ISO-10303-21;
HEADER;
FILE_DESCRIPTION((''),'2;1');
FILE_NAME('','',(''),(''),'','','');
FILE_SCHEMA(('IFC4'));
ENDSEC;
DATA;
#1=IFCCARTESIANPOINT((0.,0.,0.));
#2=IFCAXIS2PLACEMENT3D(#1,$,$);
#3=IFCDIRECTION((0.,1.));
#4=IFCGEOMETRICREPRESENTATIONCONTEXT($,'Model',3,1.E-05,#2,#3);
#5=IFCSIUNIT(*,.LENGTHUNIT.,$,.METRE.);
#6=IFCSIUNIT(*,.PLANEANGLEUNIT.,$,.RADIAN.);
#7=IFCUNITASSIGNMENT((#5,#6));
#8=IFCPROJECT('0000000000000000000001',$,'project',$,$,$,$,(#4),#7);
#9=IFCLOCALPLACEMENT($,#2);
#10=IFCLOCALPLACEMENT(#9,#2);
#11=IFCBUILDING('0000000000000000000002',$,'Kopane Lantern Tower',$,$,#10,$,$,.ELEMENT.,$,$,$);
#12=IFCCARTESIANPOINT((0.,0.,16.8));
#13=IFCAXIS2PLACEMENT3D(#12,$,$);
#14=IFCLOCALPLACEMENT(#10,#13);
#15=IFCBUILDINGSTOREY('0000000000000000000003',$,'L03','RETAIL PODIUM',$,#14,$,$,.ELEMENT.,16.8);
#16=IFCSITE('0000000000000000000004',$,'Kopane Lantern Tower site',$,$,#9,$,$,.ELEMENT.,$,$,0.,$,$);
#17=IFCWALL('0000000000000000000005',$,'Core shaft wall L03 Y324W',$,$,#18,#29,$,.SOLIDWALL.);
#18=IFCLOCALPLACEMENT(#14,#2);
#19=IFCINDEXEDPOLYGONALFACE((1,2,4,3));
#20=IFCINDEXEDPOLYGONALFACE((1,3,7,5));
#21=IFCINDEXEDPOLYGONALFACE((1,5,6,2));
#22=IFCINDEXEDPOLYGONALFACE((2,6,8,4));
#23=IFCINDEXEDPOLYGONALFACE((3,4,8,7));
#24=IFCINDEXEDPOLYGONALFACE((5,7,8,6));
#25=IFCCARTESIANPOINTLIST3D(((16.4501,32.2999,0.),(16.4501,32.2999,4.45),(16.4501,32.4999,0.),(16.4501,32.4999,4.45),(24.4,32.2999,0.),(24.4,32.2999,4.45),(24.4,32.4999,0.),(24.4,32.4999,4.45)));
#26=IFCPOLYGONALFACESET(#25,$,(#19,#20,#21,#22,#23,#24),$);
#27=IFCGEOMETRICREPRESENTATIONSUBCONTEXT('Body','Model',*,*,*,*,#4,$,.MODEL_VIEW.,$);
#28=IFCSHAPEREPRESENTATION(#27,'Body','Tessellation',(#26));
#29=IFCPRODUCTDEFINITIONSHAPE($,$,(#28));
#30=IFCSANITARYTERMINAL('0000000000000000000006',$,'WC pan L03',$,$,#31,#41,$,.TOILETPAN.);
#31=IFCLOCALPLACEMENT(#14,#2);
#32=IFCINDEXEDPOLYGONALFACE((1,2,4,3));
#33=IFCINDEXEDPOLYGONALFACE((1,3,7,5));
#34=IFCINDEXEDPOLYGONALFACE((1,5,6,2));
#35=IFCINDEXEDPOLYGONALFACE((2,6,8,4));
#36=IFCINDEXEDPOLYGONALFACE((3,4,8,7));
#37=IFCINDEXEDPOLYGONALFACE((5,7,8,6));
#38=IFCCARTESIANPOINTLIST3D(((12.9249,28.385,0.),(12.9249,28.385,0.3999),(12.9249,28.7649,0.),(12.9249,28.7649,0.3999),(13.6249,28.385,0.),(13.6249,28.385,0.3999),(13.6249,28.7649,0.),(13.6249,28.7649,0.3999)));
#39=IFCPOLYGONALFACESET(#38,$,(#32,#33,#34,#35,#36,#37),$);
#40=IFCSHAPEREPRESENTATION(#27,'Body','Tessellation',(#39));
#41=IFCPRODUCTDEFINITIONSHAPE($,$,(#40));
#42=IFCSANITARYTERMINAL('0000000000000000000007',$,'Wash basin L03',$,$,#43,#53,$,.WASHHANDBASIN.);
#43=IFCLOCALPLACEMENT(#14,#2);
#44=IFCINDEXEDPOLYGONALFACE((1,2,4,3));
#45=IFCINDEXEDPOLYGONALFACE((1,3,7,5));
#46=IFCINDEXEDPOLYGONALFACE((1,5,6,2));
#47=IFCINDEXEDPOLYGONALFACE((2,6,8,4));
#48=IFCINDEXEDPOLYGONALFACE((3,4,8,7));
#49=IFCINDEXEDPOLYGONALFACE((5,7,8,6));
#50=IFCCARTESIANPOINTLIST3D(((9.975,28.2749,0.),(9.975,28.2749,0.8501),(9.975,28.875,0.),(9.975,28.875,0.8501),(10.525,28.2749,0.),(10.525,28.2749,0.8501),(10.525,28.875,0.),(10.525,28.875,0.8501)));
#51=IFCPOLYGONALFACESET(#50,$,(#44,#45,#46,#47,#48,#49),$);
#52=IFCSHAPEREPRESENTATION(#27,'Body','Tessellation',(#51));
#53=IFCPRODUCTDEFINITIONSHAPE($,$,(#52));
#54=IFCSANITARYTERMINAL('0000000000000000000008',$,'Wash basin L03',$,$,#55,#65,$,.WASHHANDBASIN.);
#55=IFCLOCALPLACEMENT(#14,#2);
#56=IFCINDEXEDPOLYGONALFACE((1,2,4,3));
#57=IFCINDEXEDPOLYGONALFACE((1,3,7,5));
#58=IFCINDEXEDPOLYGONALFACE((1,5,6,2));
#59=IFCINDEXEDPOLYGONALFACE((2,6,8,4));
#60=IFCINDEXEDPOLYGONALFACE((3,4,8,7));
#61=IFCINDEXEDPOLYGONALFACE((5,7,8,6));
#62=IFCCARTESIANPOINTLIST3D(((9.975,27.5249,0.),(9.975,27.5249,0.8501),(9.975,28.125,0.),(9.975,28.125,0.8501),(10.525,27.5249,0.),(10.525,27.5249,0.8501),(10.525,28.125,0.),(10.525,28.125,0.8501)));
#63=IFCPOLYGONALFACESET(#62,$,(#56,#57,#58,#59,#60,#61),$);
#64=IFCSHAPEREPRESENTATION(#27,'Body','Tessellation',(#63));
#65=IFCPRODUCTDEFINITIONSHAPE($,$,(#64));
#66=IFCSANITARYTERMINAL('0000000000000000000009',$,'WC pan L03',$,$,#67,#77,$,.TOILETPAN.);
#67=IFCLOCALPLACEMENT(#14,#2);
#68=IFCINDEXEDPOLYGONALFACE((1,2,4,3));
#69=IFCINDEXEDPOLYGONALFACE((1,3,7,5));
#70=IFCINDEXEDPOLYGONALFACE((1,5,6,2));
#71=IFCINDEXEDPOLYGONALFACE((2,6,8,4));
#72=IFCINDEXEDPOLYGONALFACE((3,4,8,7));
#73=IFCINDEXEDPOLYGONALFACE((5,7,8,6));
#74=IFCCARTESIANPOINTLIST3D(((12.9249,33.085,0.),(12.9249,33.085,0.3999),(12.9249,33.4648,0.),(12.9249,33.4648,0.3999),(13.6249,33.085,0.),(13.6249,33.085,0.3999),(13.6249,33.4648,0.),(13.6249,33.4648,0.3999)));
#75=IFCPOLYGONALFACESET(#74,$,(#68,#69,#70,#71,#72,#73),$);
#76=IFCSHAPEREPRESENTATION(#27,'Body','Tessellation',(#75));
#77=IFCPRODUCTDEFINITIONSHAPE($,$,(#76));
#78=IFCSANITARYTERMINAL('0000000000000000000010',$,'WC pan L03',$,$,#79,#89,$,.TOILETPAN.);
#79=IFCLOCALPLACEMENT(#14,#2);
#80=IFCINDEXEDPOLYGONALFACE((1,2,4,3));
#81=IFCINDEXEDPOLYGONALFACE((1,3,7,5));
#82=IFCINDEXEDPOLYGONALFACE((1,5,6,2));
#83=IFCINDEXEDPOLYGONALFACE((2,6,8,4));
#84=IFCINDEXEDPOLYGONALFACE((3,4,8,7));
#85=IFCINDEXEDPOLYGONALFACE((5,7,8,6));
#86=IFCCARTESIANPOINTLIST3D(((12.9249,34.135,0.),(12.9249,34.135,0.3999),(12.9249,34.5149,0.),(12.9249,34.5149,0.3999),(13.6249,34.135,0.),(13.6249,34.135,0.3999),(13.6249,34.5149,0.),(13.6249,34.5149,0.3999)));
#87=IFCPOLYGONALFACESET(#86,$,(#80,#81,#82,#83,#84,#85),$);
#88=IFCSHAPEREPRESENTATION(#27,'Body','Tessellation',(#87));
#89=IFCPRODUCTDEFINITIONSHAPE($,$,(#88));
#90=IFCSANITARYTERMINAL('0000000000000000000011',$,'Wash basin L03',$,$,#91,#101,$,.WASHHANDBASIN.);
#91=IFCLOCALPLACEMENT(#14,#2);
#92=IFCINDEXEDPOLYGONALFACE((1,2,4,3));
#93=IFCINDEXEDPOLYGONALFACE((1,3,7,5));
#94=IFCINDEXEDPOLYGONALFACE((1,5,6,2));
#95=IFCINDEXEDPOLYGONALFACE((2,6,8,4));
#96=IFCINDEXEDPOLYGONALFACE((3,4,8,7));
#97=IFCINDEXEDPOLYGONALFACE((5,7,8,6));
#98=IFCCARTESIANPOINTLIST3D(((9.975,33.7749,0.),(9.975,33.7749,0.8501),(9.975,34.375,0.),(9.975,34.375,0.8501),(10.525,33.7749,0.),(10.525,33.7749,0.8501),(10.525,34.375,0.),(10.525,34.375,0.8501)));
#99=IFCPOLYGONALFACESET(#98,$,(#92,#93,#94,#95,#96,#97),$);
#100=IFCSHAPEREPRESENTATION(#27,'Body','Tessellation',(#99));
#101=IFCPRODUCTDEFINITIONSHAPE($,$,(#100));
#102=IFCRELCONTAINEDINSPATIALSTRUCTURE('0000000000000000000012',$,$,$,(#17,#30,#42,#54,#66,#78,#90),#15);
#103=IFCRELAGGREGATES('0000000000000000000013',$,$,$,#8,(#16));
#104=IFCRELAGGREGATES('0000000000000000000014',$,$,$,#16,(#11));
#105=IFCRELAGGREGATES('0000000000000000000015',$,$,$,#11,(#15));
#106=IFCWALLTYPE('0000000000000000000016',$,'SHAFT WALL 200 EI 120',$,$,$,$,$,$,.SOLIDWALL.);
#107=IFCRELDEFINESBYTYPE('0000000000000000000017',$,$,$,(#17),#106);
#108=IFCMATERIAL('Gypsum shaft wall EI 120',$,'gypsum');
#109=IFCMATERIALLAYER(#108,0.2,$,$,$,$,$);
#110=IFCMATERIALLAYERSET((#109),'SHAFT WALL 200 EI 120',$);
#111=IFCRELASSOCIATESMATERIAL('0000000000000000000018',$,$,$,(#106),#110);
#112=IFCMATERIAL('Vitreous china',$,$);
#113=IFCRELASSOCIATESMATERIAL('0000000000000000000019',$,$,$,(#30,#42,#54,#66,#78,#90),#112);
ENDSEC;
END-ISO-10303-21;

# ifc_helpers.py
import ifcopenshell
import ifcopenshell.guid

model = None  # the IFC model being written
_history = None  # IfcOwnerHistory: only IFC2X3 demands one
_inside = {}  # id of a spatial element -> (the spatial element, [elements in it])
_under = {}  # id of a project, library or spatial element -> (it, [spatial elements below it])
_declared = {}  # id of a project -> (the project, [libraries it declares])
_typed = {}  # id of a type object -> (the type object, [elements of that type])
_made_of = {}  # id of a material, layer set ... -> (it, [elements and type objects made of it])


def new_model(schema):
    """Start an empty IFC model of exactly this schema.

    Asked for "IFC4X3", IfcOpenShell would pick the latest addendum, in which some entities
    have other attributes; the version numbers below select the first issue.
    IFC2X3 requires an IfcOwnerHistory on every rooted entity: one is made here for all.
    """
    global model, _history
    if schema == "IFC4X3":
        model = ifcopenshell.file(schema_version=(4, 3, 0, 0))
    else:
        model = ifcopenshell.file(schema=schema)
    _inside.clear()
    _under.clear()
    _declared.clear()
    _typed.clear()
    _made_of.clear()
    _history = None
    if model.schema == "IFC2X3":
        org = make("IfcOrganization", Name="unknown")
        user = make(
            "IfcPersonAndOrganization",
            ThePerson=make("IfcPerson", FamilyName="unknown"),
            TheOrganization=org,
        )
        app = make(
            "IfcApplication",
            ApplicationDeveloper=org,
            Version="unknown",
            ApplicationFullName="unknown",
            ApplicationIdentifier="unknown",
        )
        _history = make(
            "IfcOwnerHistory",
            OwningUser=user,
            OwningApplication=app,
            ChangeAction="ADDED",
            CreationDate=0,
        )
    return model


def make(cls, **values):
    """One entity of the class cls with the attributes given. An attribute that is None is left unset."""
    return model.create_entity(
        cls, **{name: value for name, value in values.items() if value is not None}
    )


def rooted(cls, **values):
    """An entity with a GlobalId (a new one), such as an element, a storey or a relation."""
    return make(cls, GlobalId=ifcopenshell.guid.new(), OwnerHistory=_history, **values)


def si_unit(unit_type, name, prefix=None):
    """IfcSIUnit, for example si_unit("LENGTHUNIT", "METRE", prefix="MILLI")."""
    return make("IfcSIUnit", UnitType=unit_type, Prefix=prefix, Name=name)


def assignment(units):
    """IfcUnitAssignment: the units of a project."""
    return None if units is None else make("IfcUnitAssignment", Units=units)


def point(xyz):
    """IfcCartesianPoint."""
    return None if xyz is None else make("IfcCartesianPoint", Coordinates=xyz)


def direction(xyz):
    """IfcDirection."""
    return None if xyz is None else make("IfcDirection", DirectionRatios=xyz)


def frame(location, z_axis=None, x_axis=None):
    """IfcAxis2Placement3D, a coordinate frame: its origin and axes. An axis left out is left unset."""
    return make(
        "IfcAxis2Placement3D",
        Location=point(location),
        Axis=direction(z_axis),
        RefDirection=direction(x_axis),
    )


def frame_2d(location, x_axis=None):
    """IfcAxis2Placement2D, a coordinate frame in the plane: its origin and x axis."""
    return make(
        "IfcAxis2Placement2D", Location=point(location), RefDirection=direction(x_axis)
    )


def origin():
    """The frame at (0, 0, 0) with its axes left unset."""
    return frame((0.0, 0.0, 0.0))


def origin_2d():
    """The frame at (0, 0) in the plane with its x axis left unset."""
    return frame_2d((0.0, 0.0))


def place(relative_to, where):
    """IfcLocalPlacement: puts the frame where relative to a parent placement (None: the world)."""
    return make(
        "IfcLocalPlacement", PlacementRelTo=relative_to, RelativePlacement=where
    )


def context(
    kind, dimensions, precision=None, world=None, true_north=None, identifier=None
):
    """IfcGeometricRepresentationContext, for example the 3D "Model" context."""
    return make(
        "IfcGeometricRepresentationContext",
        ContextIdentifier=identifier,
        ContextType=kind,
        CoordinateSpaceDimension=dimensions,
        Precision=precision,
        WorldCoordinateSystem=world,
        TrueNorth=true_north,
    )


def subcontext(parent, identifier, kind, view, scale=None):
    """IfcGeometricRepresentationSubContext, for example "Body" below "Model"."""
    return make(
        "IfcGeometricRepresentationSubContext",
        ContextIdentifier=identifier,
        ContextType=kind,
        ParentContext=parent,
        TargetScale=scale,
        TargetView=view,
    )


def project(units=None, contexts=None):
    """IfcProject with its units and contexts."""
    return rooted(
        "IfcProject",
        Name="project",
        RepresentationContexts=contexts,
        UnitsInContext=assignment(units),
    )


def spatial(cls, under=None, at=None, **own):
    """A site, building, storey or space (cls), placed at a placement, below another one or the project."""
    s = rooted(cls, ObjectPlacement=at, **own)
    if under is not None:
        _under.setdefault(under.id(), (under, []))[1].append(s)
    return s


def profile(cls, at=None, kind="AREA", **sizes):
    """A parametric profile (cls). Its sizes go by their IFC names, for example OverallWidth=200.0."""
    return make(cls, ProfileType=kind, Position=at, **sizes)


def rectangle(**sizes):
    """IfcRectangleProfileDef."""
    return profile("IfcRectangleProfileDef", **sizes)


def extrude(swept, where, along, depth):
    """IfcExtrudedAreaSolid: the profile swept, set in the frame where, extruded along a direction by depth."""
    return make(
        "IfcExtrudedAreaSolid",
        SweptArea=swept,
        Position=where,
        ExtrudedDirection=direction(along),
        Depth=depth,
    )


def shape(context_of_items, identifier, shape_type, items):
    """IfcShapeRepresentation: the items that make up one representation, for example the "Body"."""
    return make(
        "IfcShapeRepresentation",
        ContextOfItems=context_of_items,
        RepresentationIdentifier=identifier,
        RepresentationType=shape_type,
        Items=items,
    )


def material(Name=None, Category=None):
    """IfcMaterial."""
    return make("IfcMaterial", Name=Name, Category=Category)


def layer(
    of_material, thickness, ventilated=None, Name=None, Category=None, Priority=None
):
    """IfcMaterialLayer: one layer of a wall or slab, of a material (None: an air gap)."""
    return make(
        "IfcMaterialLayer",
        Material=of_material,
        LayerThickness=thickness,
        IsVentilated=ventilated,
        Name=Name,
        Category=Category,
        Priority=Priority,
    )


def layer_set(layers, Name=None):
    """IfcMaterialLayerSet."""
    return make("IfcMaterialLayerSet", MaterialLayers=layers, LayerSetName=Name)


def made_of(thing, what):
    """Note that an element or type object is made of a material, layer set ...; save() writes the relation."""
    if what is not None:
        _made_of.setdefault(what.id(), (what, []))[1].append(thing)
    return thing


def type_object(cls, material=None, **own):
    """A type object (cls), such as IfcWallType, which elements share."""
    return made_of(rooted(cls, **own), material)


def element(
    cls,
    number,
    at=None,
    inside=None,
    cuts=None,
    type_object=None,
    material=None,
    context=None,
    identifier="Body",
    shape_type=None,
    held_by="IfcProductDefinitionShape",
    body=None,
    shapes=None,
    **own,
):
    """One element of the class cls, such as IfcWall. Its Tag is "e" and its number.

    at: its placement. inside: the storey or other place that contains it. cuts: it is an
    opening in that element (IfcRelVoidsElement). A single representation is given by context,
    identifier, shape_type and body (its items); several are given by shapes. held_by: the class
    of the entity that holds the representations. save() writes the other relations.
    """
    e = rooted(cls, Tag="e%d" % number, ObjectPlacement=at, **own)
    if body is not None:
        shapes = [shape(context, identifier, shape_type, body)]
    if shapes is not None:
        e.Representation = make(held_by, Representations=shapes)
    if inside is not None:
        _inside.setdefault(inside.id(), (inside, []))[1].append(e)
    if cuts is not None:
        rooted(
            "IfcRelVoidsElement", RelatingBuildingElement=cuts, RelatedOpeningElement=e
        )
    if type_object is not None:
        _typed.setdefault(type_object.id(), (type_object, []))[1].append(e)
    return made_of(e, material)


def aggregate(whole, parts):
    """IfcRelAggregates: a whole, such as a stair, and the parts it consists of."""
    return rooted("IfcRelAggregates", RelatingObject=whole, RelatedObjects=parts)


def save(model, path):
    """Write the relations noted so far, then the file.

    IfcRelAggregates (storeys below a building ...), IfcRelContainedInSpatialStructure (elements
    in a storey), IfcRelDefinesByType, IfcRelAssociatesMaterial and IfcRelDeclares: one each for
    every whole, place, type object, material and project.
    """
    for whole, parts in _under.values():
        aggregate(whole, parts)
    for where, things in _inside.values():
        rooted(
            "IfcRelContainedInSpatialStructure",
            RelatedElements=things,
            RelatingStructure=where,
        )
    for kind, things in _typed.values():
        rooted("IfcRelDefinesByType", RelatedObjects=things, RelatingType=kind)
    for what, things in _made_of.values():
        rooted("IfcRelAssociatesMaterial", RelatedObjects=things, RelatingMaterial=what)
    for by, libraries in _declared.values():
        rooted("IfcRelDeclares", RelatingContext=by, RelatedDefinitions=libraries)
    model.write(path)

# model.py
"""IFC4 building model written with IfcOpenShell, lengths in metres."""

from ifc_helpers import new_model, si_unit, direction, frame, frame_2d, origin, origin_2d, place, context, subcontext, project, spatial, rectangle, extrude, material, layer, layer_set, type_object, element, save


model = new_model("IFC4")

# Units and contexts
model_context = context("Model", 3, precision=1e-05, world=origin(), true_north=direction((0.0, 1.0)))
body_context = subcontext(model_context, "Body", "Model", "MODEL_VIEW")
ifc_project = project(units=[si_unit("LENGTHUNIT", "METRE"), si_unit("PLANEANGLEUNIT", "RADIAN")], contexts=[model_context])

# Site, building, storey
site_placement = place(None, origin())
site = spatial("IfcSite", under=ifc_project, at=site_placement, Name="Kopane Lantern Tower site", CompositionType="ELEMENT", RefElevation=0.0)
building_placement = place(site_placement, origin())
building = spatial("IfcBuilding", under=site, at=building_placement, Name="Kopane Lantern Tower", CompositionType="ELEMENT")
storey_placement = place(building_placement, frame((0.0, 0.0, 16.8)))
storey = spatial("IfcBuildingStorey", under=building, at=storey_placement, Name="L03", Description="RETAIL PODIUM", CompositionType="ELEMENT", Elevation=16.8)

# Wall
ifc_material_1 = material(Name="Gypsum shaft wall EI 120", Category="gypsum")
ifc_layer_1 = layer(ifc_material_1, 0.2)
ifc_layer_set_1 = layer_set([ifc_layer_1], Name="SHAFT WALL 200 EI 120")
wall_type_1 = type_object("IfcWallType", Name="SHAFT WALL 200 EI 120", PredefinedType="SOLIDWALL", material=ifc_layer_set_1)
wall_1_placement = place(storey_placement, frame((16.45, 32.3999, 0.0), z_axis=(0.0, 0.0, 1.0), x_axis=(1.0, 0.0, 0.0)))
element("IfcWall", 1, at=wall_1_placement, inside=storey, type_object=wall_type_1, Name="Core shaft wall L03 Y324W", PredefinedType="SOLIDWALL", context=body_context, shape_type="SweptSolid", body=[
    extrude(rectangle(XDim=7.95, YDim=0.2, at=frame_2d((3.9751, 0.0))), origin(), (0.0, 0.0, 1.0), 4.45),
])

# Sanitary terminals
ifc_material_2 = material(Name="Vitreous china")
sanitary_terminal_1_placement = place(storey_placement, frame((13.2749, 28.575, 0.0), z_axis=(0.0, 0.0, 1.0), x_axis=(1.0, 0.0, 0.0)))
element("IfcSanitaryTerminal", 2, at=sanitary_terminal_1_placement, inside=storey, material=ifc_material_2, Name="WC pan L03", PredefinedType="TOILETPAN", context=body_context, shape_type="SweptSolid", body=[
    extrude(rectangle(XDim=0.7, YDim=0.3799, at=origin_2d()), origin(), (0.0, 0.0, 1.0), 0.3999),
])
for number, where, z_axis, x_axis, name in (
    (3, (10.25, 28.575, 0.0), (0.0, 0.0, 1.0), (1.0, 0.0, 0.0), "Wash basin L03"),
    (4, (10.25, 27.825, 0.0), (0.0, 0.0, 1.0), (1.0, 0.0, 0.0), "Wash basin L03"),
):
    element("IfcSanitaryTerminal", number, at=place(storey_placement, frame(where, z_axis=z_axis, x_axis=x_axis)), inside=storey, material=ifc_material_2, Name=name, PredefinedType="WASHHANDBASIN", context=body_context, shape_type="SweptSolid", body=[
        extrude(rectangle(XDim=0.55, YDim=0.6001, at=origin_2d()), origin(), (0.0, 0.0, 1.0), 0.8501),
    ])
for number, where, z_axis, x_axis, name in (
    (5, (13.2749, 33.2749, 0.0), (0.0, 0.0, 1.0), (1.0, 0.0, 0.0), "WC pan L03"),
    (6, (13.2749, 34.325, 0.0), (0.0, 0.0, 1.0), (1.0, 0.0, 0.0), "WC pan L03"),
):
    element("IfcSanitaryTerminal", number, at=place(storey_placement, frame(where, z_axis=z_axis, x_axis=x_axis)), inside=storey, material=ifc_material_2, Name=name, PredefinedType="TOILETPAN", context=body_context, shape_type="SweptSolid", body=[
        extrude(rectangle(XDim=0.7, YDim=0.3799, at=origin_2d()), origin(), (0.0, 0.0, 1.0), 0.3999),
    ])
sanitary_terminal_2_placement = place(storey_placement, frame((10.25, 34.075, 0.0), z_axis=(0.0, 0.0, 1.0), x_axis=(1.0, 0.0, 0.0)))
element("IfcSanitaryTerminal", 7, at=sanitary_terminal_2_placement, inside=storey, material=ifc_material_2, Name="Wash basin L03", PredefinedType="WASHHANDBASIN", context=body_context, shape_type="SweptSolid", body=[
    extrude(rectangle(XDim=0.55, YDim=0.6001, at=origin_2d()), origin(), (0.0, 0.0, 1.0), 0.8501),
])

save(model, "model.ifc")
